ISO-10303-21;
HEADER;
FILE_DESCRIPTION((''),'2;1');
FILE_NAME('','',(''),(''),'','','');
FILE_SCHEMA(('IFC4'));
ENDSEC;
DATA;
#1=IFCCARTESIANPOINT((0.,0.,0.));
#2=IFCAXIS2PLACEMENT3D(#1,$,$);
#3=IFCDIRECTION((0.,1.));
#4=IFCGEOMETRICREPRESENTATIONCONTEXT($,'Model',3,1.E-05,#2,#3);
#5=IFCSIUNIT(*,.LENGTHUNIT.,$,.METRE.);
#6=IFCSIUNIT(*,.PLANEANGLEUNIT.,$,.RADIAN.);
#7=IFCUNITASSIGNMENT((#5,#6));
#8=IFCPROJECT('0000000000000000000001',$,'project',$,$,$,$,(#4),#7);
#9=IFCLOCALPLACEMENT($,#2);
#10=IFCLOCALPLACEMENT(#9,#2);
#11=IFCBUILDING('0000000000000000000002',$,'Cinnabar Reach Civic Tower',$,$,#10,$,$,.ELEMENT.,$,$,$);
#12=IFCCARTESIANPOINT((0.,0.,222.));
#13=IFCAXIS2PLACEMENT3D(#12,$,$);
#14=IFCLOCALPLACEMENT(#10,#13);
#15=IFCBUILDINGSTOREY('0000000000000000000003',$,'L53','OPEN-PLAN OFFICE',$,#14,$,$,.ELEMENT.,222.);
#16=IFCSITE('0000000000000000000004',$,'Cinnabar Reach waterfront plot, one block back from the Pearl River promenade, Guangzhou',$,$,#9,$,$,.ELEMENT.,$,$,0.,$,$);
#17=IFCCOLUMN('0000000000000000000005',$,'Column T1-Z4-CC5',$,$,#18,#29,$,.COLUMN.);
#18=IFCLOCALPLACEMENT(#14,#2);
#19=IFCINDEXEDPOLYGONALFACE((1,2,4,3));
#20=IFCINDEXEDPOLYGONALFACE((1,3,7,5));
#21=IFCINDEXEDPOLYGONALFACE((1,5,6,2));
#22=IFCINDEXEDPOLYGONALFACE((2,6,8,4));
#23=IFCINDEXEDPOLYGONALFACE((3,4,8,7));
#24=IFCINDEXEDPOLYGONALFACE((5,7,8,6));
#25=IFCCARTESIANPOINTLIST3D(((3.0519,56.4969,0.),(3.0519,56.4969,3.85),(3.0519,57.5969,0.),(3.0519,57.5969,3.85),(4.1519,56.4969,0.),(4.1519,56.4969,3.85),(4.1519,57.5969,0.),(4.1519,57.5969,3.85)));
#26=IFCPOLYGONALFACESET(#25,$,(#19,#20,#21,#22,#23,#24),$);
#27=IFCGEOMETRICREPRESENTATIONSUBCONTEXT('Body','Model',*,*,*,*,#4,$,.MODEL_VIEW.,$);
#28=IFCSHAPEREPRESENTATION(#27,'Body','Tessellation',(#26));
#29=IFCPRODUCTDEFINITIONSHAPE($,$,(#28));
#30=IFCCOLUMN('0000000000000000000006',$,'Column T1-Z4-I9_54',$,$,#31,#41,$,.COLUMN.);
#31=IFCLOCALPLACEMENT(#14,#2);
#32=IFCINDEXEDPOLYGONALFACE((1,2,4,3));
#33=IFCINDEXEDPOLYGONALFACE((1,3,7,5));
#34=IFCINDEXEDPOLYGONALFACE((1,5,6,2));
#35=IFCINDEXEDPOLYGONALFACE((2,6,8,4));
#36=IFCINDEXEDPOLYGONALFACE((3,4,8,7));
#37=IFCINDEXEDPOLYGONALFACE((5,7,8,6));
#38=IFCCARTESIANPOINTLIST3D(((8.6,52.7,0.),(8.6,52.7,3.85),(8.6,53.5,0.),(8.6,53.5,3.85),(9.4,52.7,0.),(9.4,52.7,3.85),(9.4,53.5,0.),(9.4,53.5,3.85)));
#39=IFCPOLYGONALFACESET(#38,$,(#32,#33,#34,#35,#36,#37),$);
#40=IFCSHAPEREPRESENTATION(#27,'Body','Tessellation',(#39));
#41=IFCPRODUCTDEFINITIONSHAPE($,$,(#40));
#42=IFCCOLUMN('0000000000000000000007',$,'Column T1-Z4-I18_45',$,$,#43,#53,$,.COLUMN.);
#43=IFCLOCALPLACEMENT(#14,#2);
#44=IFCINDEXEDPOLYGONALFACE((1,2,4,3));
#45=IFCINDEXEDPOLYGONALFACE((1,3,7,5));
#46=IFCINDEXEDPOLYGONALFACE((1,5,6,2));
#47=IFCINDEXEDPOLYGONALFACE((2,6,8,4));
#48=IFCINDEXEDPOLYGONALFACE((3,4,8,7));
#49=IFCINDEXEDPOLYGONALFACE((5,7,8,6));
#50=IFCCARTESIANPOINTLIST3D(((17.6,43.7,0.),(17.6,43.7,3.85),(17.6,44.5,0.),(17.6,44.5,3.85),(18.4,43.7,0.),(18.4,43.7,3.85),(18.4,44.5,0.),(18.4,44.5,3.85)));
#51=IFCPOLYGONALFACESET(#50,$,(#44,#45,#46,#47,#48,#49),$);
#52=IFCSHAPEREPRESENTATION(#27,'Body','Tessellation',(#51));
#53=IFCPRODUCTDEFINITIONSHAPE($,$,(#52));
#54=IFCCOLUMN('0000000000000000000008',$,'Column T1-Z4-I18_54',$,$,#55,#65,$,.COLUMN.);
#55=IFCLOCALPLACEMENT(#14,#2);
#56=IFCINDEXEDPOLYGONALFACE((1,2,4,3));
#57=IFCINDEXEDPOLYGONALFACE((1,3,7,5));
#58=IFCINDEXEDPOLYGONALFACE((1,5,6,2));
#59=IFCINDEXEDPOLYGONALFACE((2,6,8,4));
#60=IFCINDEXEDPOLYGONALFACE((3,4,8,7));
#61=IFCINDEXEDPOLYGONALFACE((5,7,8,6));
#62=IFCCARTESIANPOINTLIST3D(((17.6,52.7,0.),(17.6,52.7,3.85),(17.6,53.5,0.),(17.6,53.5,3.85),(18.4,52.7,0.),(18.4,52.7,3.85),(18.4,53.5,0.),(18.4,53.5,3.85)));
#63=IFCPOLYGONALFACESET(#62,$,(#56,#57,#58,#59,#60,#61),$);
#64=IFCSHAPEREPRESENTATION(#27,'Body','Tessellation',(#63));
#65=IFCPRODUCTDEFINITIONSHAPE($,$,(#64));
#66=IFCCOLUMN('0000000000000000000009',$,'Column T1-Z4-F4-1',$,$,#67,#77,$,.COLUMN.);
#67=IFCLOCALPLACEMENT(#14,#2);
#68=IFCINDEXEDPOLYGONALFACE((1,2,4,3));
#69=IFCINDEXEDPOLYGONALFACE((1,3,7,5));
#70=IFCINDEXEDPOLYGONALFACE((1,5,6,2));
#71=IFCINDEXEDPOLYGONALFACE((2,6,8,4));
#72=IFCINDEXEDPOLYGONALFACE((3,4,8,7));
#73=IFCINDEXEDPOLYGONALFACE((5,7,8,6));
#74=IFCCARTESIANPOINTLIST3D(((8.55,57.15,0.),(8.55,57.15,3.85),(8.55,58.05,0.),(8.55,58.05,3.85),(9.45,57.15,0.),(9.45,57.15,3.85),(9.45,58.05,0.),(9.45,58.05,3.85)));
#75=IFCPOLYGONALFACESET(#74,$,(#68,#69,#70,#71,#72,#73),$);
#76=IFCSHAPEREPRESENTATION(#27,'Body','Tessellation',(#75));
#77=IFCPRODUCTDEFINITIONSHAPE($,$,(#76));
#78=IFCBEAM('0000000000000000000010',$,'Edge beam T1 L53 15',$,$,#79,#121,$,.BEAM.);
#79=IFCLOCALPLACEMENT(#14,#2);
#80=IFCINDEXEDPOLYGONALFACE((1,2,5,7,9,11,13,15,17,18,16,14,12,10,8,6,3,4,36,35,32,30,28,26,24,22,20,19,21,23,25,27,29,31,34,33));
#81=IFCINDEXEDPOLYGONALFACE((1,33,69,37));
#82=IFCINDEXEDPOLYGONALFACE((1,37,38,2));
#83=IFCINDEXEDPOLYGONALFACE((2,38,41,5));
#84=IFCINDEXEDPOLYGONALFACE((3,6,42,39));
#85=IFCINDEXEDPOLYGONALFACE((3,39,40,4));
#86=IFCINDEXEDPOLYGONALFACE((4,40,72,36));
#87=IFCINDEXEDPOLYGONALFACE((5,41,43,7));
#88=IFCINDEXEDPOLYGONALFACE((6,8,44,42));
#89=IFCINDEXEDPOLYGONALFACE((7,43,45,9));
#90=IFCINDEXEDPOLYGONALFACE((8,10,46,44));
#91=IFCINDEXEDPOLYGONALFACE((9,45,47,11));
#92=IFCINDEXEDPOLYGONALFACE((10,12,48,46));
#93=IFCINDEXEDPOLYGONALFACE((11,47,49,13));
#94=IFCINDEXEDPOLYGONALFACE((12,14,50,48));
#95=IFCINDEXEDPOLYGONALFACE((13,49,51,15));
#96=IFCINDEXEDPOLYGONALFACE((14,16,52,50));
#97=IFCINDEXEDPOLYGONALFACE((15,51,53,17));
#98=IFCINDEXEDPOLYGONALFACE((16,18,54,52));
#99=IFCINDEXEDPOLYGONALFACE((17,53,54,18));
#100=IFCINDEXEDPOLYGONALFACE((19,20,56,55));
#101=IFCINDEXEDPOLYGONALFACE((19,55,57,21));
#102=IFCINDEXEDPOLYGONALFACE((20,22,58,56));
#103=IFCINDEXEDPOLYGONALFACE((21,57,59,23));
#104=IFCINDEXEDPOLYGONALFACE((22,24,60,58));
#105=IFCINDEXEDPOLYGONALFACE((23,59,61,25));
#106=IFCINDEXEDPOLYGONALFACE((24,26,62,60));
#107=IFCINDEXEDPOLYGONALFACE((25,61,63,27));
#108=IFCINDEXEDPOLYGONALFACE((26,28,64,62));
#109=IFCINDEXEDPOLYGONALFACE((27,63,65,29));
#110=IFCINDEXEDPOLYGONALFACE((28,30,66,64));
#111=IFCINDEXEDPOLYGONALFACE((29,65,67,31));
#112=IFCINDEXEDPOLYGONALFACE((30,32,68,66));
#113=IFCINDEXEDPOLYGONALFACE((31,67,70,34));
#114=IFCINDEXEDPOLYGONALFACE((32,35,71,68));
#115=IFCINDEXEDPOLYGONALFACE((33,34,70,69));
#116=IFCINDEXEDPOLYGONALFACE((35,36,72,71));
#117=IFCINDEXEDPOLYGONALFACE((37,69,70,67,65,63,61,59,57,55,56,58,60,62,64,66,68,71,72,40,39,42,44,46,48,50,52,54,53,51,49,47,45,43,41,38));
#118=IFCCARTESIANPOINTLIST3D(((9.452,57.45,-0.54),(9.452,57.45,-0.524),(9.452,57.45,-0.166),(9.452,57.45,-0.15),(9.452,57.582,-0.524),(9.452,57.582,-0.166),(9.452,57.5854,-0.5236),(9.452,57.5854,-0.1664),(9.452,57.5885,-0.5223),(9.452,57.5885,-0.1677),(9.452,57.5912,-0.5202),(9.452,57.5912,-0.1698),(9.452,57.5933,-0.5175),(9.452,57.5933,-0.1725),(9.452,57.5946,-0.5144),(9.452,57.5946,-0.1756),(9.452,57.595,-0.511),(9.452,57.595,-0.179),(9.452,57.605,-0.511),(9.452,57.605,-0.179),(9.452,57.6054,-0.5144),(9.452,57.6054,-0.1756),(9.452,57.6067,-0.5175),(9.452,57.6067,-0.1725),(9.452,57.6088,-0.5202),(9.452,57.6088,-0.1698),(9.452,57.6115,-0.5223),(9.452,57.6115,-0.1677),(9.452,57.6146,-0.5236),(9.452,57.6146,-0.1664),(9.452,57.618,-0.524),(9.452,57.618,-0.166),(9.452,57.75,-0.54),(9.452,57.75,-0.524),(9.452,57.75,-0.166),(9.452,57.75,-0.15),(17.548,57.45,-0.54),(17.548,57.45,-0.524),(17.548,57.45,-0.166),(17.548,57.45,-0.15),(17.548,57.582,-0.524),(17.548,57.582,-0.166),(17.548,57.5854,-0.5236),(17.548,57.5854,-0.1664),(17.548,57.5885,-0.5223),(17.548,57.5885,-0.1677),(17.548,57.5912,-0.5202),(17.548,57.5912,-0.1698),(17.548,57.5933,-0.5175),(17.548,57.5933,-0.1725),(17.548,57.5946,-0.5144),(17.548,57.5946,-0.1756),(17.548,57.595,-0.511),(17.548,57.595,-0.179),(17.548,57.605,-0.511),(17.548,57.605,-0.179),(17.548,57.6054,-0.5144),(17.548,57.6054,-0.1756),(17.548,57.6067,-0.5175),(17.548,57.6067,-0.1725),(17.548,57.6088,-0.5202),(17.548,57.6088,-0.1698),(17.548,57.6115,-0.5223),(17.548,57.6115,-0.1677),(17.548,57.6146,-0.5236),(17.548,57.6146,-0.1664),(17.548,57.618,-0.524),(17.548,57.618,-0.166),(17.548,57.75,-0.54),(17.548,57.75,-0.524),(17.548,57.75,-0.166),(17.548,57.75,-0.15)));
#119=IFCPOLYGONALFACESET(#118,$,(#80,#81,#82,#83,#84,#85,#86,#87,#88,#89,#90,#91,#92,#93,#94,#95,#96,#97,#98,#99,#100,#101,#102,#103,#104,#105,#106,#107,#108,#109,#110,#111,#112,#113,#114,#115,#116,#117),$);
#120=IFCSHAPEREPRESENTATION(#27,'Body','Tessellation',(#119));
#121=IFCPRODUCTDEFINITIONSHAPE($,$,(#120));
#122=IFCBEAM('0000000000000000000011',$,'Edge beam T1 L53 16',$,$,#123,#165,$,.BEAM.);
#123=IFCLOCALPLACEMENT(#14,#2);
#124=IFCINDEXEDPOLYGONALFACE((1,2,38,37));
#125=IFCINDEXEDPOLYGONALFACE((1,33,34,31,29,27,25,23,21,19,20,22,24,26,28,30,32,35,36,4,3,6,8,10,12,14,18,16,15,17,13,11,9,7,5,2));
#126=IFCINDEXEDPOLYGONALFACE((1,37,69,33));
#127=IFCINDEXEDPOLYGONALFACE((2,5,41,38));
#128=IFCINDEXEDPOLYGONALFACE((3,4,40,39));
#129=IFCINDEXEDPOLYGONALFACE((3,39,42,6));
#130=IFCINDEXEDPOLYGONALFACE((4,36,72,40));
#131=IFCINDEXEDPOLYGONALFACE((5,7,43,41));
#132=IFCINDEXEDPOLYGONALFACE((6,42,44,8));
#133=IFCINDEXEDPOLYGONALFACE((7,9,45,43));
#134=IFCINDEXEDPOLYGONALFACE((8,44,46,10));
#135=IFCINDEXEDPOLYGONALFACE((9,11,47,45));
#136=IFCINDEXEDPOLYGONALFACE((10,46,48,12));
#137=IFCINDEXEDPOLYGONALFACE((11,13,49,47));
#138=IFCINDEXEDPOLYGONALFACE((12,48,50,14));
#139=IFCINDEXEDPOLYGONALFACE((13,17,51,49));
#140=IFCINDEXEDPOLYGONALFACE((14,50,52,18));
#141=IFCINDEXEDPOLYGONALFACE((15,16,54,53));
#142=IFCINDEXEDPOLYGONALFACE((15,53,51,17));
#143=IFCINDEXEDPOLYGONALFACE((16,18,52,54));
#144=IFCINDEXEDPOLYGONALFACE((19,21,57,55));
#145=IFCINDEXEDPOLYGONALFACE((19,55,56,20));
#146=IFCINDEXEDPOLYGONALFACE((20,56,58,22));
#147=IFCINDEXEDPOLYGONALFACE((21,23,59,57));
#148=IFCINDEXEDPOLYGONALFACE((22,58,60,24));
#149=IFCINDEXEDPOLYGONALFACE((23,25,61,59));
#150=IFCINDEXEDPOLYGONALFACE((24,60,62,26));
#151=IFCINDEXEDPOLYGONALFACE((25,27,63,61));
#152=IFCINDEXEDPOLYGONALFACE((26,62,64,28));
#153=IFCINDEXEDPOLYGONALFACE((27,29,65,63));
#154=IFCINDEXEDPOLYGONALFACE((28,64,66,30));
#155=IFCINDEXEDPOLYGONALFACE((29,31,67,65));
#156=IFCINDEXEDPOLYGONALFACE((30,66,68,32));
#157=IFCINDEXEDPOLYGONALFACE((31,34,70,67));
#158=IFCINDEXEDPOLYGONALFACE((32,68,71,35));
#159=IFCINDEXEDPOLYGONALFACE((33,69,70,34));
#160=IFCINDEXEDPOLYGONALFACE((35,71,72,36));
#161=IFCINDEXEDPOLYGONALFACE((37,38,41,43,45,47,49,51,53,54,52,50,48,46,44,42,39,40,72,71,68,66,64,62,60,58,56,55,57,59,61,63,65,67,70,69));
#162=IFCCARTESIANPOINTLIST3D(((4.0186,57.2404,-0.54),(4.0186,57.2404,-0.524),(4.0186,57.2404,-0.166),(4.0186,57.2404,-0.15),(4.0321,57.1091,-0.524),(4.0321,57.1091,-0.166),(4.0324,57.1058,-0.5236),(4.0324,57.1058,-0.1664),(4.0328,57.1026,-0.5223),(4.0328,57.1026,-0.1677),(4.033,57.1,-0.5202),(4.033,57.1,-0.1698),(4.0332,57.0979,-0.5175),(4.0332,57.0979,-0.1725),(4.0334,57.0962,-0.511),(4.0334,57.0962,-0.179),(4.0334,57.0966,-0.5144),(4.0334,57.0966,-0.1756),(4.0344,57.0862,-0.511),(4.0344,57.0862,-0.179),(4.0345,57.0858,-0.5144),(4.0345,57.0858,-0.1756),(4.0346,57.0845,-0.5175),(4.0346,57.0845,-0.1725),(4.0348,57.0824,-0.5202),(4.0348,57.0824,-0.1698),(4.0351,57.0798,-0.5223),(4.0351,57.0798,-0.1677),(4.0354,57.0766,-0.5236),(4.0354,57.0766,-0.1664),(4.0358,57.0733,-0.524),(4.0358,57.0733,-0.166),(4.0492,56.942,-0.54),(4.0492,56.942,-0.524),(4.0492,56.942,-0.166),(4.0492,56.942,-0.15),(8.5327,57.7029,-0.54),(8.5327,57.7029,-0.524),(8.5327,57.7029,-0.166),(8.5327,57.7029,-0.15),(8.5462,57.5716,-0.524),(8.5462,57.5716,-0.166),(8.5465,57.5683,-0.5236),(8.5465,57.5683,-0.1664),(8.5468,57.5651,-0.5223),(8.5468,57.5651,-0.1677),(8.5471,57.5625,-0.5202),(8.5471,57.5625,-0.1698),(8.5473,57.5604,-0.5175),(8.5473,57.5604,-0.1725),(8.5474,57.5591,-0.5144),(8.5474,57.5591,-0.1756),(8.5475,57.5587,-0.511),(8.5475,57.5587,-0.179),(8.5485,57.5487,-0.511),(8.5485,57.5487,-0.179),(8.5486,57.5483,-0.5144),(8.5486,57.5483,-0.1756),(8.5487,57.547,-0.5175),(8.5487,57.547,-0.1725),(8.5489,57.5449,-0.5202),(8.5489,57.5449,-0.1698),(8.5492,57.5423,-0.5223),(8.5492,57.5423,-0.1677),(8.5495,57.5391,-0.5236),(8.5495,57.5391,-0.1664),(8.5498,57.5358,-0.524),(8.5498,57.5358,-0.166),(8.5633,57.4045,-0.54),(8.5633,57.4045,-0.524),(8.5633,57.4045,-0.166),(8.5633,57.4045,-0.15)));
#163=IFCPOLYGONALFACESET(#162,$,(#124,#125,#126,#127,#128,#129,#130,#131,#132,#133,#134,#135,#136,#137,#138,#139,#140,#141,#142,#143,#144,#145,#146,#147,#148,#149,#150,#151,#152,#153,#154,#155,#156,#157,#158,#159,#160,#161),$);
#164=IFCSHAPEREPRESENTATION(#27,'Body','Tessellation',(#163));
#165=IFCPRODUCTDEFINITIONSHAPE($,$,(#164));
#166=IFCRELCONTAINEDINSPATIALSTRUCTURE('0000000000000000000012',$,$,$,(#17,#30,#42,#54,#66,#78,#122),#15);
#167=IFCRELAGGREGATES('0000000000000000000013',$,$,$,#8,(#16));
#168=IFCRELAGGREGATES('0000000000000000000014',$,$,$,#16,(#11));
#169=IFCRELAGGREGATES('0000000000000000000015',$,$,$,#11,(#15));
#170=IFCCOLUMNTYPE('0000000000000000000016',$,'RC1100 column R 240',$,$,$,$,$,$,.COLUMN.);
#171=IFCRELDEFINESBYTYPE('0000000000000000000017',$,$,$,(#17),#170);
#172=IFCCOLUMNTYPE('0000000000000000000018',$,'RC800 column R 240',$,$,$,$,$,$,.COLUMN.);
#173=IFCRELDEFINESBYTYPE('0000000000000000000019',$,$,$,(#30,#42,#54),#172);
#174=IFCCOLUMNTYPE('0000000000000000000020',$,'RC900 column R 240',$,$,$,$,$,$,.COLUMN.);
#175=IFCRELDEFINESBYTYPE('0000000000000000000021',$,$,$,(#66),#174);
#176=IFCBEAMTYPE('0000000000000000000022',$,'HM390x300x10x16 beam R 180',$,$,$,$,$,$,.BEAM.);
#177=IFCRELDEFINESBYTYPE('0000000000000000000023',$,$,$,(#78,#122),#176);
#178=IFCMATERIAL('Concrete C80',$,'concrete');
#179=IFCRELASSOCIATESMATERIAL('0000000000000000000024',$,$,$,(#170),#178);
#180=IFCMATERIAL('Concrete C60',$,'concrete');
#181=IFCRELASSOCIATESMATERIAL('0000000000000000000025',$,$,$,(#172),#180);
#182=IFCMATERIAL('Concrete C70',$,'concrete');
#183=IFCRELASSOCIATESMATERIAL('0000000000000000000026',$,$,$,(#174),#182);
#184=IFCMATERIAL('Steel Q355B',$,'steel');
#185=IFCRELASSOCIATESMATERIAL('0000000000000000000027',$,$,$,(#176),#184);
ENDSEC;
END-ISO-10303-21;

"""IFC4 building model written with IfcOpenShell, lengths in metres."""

from ifc_helpers import new_model, si_unit, direction, frame, origin, origin_2d, place, context, subcontext, project, spatial, rectangle, i_section, extrude, material, material_profile, profile_set, type_object, element, save


model = new_model("IFC4")

# Units and contexts
model_context = context("Model", 3, precision=1e-05, world=origin(), true_north=direction((0.0, 1.0)))
body_context = subcontext(model_context, "Body", "Model", "MODEL_VIEW")
ifc_project = project(units=[si_unit("LENGTHUNIT", "METRE"), si_unit("PLANEANGLEUNIT", "RADIAN")], contexts=[model_context])

# Site, building, storey
site_placement = place(None, origin())
site = spatial("IfcSite", under=ifc_project, at=site_placement, Name="Cinnabar Reach waterfront plot, one block back from the Pearl River promenade, Guangzhou", CompositionType="ELEMENT", RefElevation=0.0)
building_placement = place(site_placement, origin())
building = spatial("IfcBuilding", under=site, at=building_placement, Name="Cinnabar Reach Civic Tower", CompositionType="ELEMENT")
storey_placement = place(building_placement, frame((0.0, 0.0, 222.0)))
storey = spatial("IfcBuildingStorey", under=building, at=storey_placement, Name="L53", Description="OPEN-PLAN OFFICE", CompositionType="ELEMENT", Elevation=222.0)

# Columns
ifc_material_1 = material(Name="Concrete C80", Category="concrete")
ifc_material_profile_1 = material_profile(ifc_material_1, rectangle(XDim=1.1, YDim=1.1, at=origin_2d()), Name="RC1100")
ifc_profile_set_1 = profile_set([ifc_material_profile_1], Name="Concrete C80")
column_type_1 = type_object("IfcColumnType", Name="RC1100 column R 240", PredefinedType="COLUMN", material=ifc_profile_set_1)
column_1_placement = place(storey_placement, frame((3.6019, 57.0469, 0.0), z_axis=(0.0, 0.0, 1.0), x_axis=(1.0, 0.0, 0.0)))
element("IfcColumn", 1, at=column_1_placement, inside=storey, type_object=column_type_1, Name="Column T1-Z4-CC5", PredefinedType="COLUMN", context=body_context, shape_type="SweptSolid", body=[
    extrude(rectangle(XDim=1.1, YDim=1.1, at=origin_2d()), origin(), (0.0, 0.0, 1.0), 3.85),
])
ifc_material_2 = material(Name="Concrete C60", Category="concrete")
ifc_material_profile_2 = material_profile(ifc_material_2, rectangle(XDim=0.8, YDim=0.8, at=origin_2d()), Name="RC800")
ifc_profile_set_2 = profile_set([ifc_material_profile_2], Name="Concrete C60")
column_type_2 = type_object("IfcColumnType", Name="RC800 column R 240", PredefinedType="COLUMN", material=ifc_profile_set_2)
for number, where, z_axis, x_axis, name in (
    (2, (9.0, 53.1, 0.0), (0.0, 0.0, 1.0), (1.0, 0.0, 0.0), "Column T1-Z4-I9_54"),
    (3, (18.0, 44.1, 0.0), (0.0, 0.0, 1.0), (1.0, 0.0, 0.0), "Column T1-Z4-I18_45"),
    (4, (18.0, 53.1, 0.0), (0.0, 0.0, 1.0), (1.0, 0.0, 0.0), "Column T1-Z4-I18_54"),
):
    element("IfcColumn", number, at=place(storey_placement, frame(where, z_axis=z_axis, x_axis=x_axis)), inside=storey, type_object=column_type_2, Name=name, PredefinedType="COLUMN", context=body_context, shape_type="SweptSolid", body=[
        extrude(rectangle(XDim=0.8, YDim=0.8, at=origin_2d()), origin(), (0.0, 0.0, 1.0), 3.85),
    ])
ifc_material_3 = material(Name="Concrete C70", Category="concrete")
ifc_material_profile_3 = material_profile(ifc_material_3, rectangle(XDim=0.9, YDim=0.9, at=origin_2d()), Name="RC900")
ifc_profile_set_3 = profile_set([ifc_material_profile_3], Name="Concrete C70")
column_type_3 = type_object("IfcColumnType", Name="RC900 column R 240", PredefinedType="COLUMN", material=ifc_profile_set_3)
column_2_placement = place(storey_placement, frame((9.0, 57.6, 0.0), z_axis=(0.0, 0.0, 1.0), x_axis=(1.0, 0.0, 0.0)))
element("IfcColumn", 5, at=column_2_placement, inside=storey, type_object=column_type_3, Name="Column T1-Z4-F4-1", PredefinedType="COLUMN", context=body_context, shape_type="SweptSolid", body=[
    extrude(rectangle(XDim=0.9, YDim=0.9, at=origin_2d()), origin(), (0.0, 0.0, 1.0), 3.85),
])

# Beams
ifc_material_4 = material(Name="Steel Q355B", Category="steel")
ifc_material_profile_4 = material_profile(ifc_material_4, i_section(OverallWidth=0.3, OverallDepth=0.39, WebThickness=0.01, FlangeThickness=0.016, FilletRadius=0.013, at=origin_2d()), Name="HM390x300x10x16")
ifc_profile_set_4 = profile_set([ifc_material_profile_4], Name="Steel Q355B")
beam_type_1 = type_object("IfcBeamType", Name="HM390x300x10x16 beam R 180", PredefinedType="BEAM", material=ifc_profile_set_4)
beam_1_placement = place(storey_placement, frame((17.548, 57.6, -0.345), z_axis=(-1.0, 0.0, 0.0), x_axis=(0.0, -1.0, 0.0)))
element("IfcBeam", 6, at=beam_1_placement, inside=storey, type_object=beam_type_1, Name="Edge beam T1 L53 15", PredefinedType="BEAM", context=body_context, shape_type="SweptSolid", body=[
    extrude(i_section(OverallWidth=0.3, OverallDepth=0.39, WebThickness=0.01, FlangeThickness=0.016, FilletRadius=0.013, at=origin_2d()), origin(), (0.0, 0.0, 1.0), 8.096),
])
beam_2_placement = place(storey_placement, frame((8.548, 57.5537, -0.345), z_axis=(-0.994792, -0.101923, 0.0), x_axis=(0.101923, -0.994792, 0.0)))
element("IfcBeam", 7, at=beam_2_placement, inside=storey, type_object=beam_type_1, Name="Edge beam T1 L53 16", PredefinedType="BEAM", context=body_context, shape_type="SweptSolid", body=[
    extrude(i_section(OverallWidth=0.3, OverallDepth=0.39, WebThickness=0.01, FlangeThickness=0.016, FilletRadius=0.013, at=origin_2d()), origin(), (0.0, 0.0, 1.0), 4.5377),
])

save(model, "model.ifc")
